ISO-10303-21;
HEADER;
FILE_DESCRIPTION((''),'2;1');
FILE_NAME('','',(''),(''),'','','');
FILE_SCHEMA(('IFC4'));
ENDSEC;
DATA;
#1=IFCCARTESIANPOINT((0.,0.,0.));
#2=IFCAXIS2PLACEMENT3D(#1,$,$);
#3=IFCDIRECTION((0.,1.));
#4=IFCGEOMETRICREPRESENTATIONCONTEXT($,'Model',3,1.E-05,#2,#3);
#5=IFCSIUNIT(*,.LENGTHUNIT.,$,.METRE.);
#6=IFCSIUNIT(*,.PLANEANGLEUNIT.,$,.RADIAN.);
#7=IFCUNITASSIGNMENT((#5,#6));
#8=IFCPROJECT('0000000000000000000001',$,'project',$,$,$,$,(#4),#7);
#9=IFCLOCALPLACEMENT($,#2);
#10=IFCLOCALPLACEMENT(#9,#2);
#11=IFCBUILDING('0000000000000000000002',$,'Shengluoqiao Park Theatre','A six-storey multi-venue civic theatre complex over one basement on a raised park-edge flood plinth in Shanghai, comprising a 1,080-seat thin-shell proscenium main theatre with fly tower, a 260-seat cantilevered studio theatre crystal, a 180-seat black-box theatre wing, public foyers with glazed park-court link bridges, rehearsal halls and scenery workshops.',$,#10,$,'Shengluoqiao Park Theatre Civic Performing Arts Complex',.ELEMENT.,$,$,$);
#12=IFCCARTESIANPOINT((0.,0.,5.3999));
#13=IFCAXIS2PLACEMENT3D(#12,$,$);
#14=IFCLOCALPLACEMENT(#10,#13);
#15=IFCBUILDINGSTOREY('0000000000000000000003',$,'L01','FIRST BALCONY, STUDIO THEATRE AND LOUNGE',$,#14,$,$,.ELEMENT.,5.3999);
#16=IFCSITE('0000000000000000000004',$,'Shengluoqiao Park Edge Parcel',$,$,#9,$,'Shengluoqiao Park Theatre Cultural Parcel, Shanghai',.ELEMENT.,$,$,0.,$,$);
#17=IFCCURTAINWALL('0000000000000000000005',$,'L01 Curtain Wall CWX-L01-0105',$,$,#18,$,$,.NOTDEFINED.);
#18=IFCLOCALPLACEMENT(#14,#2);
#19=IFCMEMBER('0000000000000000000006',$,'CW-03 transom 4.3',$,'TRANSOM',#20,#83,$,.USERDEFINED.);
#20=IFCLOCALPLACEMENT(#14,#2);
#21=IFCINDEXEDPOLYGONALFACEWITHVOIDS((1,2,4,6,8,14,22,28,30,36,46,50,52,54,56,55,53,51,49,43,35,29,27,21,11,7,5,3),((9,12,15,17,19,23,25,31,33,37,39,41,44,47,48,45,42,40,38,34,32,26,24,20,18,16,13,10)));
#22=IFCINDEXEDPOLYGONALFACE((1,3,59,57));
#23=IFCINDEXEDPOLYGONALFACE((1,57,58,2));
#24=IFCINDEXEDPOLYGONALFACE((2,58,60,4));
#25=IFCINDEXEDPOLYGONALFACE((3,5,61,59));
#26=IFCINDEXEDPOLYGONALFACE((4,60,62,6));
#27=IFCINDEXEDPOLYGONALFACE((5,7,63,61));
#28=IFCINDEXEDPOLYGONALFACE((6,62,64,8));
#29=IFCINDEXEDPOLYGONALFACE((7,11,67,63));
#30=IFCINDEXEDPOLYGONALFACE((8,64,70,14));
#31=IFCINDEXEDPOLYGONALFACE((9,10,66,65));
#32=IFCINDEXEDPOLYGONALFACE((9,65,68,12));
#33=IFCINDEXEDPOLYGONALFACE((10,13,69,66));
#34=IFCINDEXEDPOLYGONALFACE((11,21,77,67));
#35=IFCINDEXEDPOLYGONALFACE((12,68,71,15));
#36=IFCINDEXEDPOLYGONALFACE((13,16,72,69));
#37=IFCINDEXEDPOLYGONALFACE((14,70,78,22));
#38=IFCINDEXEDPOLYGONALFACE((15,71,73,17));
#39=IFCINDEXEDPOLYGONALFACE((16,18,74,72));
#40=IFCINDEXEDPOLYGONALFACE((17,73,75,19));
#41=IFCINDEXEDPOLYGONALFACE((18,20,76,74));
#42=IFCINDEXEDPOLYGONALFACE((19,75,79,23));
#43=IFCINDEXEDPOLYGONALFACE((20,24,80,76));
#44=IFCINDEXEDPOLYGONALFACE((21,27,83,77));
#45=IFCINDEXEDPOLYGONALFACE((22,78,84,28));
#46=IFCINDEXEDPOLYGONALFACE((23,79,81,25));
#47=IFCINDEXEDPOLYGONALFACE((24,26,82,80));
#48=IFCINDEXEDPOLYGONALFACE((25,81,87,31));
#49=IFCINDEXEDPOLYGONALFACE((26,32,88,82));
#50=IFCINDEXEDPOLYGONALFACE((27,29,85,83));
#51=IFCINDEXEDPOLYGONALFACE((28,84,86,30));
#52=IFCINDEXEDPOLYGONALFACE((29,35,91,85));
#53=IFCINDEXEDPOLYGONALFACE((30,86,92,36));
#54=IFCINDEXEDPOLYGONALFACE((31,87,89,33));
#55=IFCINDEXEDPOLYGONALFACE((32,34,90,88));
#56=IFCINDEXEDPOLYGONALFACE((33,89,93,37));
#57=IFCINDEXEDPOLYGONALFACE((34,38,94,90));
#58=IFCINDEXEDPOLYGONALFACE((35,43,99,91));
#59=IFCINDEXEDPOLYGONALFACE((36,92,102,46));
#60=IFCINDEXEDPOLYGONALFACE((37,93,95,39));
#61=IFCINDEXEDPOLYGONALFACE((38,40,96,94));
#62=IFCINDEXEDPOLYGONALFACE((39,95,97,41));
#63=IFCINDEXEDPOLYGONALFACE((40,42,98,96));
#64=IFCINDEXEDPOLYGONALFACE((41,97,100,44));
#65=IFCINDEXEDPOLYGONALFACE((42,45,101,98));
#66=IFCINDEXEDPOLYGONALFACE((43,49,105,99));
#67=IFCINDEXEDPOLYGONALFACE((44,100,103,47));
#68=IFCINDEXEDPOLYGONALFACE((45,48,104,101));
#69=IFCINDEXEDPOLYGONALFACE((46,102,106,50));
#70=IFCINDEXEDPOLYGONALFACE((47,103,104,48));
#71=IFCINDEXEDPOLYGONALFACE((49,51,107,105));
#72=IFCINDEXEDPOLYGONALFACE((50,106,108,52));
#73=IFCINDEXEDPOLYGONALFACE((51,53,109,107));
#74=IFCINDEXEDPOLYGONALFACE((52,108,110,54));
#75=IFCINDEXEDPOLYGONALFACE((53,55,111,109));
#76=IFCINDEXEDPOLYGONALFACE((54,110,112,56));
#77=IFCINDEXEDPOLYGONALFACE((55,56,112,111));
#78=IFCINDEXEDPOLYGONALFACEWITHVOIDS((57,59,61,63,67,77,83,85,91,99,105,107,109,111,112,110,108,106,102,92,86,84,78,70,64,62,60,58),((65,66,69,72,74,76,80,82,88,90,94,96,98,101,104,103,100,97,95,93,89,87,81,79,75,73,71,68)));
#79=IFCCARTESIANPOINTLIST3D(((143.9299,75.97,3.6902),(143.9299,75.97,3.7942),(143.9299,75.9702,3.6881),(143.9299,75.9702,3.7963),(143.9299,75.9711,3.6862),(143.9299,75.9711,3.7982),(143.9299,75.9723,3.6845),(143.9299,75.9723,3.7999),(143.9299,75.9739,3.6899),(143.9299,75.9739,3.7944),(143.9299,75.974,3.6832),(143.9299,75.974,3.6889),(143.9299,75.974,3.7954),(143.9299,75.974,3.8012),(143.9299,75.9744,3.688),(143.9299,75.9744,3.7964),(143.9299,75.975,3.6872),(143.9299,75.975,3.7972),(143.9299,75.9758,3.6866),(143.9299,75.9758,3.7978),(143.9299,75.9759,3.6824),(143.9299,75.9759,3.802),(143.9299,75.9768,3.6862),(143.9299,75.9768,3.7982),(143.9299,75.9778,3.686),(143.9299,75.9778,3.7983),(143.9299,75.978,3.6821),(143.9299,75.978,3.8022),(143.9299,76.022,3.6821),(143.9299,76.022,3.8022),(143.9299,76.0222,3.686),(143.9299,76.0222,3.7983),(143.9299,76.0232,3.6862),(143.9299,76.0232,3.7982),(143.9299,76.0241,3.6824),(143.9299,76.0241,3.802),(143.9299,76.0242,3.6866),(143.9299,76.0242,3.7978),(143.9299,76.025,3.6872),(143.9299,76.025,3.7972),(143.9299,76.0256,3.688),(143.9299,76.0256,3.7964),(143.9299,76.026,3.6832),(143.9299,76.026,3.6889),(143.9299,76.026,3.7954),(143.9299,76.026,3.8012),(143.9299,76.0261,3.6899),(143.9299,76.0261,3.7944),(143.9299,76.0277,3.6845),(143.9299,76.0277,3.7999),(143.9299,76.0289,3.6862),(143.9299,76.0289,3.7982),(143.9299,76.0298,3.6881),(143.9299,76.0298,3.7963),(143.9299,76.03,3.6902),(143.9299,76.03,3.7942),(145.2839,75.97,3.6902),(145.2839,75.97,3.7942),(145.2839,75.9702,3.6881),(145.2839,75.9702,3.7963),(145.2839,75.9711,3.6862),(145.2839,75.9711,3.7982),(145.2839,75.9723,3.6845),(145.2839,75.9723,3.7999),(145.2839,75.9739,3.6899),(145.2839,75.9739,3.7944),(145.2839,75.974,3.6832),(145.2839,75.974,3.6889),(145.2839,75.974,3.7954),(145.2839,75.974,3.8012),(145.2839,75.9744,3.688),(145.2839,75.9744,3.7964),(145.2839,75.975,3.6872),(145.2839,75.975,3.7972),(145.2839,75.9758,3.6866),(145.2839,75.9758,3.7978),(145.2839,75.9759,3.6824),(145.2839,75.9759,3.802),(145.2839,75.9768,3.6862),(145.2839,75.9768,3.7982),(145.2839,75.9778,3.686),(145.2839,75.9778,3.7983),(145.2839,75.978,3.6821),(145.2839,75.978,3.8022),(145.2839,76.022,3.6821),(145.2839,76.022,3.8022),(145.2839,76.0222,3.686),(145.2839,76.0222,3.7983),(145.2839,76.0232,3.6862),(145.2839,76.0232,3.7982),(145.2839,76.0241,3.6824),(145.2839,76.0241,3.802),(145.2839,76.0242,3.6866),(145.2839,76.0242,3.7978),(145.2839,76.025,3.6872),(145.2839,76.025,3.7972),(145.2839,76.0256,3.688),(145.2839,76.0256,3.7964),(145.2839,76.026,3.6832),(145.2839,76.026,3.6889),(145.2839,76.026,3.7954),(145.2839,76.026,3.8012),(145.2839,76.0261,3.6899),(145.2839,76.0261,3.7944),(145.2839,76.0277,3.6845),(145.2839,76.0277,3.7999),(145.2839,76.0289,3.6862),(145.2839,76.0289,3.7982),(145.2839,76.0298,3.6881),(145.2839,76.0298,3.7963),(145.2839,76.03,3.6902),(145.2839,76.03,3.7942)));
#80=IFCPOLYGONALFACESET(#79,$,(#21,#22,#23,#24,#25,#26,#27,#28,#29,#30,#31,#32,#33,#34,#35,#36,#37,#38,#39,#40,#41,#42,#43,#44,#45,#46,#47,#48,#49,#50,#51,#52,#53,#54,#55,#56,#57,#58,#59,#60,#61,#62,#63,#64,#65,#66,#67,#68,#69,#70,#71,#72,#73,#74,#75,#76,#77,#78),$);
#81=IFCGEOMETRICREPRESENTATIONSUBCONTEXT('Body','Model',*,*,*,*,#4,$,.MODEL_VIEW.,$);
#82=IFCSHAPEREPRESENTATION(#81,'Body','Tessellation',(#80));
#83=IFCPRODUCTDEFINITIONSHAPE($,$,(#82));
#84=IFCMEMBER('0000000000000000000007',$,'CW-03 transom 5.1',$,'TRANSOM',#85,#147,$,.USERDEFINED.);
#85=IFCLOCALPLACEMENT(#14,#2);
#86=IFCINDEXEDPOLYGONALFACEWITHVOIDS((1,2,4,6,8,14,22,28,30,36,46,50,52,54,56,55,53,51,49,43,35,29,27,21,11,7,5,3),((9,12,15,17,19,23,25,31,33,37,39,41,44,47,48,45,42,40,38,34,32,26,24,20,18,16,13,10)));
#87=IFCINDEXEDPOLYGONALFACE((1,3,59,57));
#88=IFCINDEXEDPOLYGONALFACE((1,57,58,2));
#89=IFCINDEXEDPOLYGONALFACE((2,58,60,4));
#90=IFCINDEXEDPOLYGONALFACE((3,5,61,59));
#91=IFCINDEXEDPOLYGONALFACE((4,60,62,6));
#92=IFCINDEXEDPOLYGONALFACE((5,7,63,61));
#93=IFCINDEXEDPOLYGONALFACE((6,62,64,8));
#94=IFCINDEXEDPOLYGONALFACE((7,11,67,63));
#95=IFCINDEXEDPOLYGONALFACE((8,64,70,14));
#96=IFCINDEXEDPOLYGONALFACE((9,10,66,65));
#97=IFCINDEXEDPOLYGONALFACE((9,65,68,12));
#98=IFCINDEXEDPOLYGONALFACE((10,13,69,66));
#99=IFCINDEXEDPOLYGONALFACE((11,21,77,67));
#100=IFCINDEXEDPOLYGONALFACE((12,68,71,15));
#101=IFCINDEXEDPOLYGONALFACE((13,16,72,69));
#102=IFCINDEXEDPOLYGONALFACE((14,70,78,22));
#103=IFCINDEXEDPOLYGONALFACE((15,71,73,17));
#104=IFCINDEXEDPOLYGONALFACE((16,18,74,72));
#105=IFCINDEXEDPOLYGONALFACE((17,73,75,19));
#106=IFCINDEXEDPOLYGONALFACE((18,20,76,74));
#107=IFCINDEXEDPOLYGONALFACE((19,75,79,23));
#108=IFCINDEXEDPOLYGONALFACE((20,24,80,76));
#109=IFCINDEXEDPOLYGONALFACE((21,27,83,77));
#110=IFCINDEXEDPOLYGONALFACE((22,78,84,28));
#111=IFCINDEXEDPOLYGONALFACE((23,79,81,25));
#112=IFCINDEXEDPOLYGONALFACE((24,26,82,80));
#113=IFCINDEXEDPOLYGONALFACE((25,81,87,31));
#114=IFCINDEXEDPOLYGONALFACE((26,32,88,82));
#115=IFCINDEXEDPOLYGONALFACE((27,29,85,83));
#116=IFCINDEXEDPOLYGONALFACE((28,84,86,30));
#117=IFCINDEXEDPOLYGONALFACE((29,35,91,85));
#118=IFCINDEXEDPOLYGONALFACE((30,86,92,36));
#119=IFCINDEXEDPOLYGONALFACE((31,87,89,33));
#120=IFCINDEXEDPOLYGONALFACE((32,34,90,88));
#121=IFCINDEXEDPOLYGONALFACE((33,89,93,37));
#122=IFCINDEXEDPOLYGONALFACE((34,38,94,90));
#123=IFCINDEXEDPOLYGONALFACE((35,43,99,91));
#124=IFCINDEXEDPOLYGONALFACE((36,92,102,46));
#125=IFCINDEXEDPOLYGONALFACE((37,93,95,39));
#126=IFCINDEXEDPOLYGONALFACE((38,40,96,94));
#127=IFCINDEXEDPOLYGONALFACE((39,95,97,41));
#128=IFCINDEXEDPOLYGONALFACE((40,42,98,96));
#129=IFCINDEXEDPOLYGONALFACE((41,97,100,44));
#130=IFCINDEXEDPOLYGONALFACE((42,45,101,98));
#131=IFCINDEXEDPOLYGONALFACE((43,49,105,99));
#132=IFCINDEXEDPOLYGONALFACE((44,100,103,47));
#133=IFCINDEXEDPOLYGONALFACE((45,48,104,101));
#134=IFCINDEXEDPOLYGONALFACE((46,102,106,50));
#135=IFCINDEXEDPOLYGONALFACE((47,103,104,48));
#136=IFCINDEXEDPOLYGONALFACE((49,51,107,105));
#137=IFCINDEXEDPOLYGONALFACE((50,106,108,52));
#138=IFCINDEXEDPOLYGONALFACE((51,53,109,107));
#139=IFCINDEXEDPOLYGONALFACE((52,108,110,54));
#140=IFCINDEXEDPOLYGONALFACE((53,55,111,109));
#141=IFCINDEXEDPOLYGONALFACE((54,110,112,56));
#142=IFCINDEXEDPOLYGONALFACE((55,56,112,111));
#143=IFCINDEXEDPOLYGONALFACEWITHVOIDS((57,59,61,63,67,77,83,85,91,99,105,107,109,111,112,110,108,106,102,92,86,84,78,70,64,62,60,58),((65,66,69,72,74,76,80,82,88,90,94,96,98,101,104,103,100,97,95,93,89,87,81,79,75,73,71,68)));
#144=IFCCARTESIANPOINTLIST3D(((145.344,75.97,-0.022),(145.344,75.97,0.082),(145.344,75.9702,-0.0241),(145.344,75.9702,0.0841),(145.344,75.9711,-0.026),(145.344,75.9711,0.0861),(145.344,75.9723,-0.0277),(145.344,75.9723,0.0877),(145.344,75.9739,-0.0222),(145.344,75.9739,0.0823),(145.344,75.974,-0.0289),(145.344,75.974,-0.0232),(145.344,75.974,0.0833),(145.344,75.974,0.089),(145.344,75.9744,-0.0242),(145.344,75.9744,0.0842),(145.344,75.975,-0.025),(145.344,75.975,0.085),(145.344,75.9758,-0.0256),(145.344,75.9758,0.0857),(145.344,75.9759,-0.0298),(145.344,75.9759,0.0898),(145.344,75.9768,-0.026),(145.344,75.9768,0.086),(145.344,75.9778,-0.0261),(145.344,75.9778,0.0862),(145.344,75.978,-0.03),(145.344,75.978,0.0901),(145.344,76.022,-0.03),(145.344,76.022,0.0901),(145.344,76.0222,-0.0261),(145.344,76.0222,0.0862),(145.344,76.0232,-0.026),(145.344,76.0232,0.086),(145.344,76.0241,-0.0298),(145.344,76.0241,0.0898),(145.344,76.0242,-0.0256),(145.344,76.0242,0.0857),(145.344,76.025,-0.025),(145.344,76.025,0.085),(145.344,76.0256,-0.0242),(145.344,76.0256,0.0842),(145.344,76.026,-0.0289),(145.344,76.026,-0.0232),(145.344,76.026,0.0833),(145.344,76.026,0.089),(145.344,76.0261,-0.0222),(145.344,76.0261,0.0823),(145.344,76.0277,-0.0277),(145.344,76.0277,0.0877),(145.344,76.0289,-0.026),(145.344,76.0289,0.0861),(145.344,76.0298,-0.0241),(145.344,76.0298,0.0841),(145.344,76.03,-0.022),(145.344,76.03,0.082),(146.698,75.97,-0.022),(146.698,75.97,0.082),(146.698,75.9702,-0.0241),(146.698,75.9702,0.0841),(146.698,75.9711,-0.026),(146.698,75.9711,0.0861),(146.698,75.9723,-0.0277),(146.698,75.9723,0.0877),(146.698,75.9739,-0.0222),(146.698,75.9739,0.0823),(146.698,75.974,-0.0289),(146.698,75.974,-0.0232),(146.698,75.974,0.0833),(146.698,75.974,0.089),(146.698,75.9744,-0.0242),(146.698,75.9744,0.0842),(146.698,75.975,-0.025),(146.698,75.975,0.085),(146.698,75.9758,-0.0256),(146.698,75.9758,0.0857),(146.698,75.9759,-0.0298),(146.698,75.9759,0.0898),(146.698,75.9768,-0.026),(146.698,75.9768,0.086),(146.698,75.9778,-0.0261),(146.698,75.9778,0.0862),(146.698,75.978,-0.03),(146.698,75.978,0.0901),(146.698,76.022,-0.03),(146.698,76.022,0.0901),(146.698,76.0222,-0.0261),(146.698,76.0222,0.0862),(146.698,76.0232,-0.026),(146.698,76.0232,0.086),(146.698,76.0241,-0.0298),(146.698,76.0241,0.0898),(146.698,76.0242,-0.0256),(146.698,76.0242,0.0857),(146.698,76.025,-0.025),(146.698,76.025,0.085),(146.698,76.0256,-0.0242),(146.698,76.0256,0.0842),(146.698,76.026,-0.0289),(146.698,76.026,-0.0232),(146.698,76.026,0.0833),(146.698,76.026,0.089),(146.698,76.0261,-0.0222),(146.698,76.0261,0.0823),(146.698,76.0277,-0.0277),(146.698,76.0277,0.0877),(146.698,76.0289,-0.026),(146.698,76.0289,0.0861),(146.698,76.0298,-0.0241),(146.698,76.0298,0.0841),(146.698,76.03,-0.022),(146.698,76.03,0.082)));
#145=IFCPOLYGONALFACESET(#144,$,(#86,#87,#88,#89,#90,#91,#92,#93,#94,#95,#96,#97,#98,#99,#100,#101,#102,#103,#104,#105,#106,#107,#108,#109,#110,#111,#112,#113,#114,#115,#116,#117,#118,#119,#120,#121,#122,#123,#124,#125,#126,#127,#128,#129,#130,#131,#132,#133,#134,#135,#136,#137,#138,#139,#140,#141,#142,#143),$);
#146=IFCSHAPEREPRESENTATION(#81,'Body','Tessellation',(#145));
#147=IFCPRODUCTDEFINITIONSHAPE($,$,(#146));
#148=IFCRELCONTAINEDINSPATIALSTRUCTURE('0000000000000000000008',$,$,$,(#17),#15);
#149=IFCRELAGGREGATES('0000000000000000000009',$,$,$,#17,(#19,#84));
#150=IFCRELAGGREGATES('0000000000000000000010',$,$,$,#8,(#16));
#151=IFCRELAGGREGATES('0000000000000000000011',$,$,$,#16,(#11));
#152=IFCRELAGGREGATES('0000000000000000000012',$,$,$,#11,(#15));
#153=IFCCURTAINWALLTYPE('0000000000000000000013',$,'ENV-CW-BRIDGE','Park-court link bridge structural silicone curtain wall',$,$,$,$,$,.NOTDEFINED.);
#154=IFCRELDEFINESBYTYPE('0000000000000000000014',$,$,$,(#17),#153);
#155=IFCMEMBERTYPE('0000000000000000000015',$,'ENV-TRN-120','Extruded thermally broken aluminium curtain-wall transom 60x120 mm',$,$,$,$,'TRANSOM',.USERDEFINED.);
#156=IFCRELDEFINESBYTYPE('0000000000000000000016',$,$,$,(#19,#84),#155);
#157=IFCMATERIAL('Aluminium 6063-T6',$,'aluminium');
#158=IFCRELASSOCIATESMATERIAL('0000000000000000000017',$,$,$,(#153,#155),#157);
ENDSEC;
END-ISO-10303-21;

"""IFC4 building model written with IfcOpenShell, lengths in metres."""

from ifc_helpers import new_model, si_unit, direction, frame, origin, origin_2d, place, context, subcontext, project, spatial, hollow_rectangle, extrude, material, material_profile, profile_set, type_object, element, aggregate, save


model = new_model("IFC4")

# Units and contexts
model_context = context("Model", 3, precision=1e-05, world=origin(), true_north=direction((0.0, 1.0)))
body_context = subcontext(model_context, "Body", "Model", "MODEL_VIEW")
ifc_project = project(units=[si_unit("LENGTHUNIT", "METRE"), si_unit("PLANEANGLEUNIT", "RADIAN")], contexts=[model_context])

# Site, building, storey
site_placement = place(None, origin())
site = spatial("IfcSite", under=ifc_project, at=site_placement, Name="Shengluoqiao Park Edge Parcel", LongName="Shengluoqiao Park Theatre Cultural Parcel, Shanghai", CompositionType="ELEMENT", RefElevation=0.0)
building_placement = place(site_placement, origin())
building = spatial("IfcBuilding", under=site, at=building_placement, Name="Shengluoqiao Park Theatre", Description="A six-storey multi-venue civic theatre complex over one basement on a raised park-edge flood plinth in Shanghai, comprising a 1,080-seat thin-shell proscenium main theatre with fly tower, a 260-seat cantilevered studio theatre crystal, a 180-seat black-box theatre wing, public foyers with glazed park-court link bridges, rehearsal halls and scenery workshops.", LongName="Shengluoqiao Park Theatre Civic Performing Arts Complex", CompositionType="ELEMENT")
storey_placement = place(building_placement, frame((0.0, 0.0, 5.3999)))
storey = spatial("IfcBuildingStorey", under=building, at=storey_placement, Name="L01", Description="FIRST BALCONY, STUDIO THEATRE AND LOUNGE", CompositionType="ELEMENT", Elevation=5.3999)

# Curtain wall, members
ifc_material_1 = material(Name="Aluminium 6063-T6", Category="aluminium")
curtain_wall_type = type_object("IfcCurtainWallType", Name="ENV-CW-BRIDGE", Description="Park-court link bridge structural silicone curtain wall", PredefinedType="NOTDEFINED", material=ifc_material_1)
curtain_wall_placement = place(storey_placement, origin())
curtain_wall = element("IfcCurtainWall", 1, at=curtain_wall_placement, inside=storey, type_object=curtain_wall_type, Name="L01 Curtain Wall CWX-L01-0105", PredefinedType="NOTDEFINED")
ifc_material_profile_1 = material_profile(ifc_material_1, hollow_rectangle(XDim=0.0601, YDim=0.1201, WallThickness=0.0039, InnerFilletRadius=0.0039, OuterFilletRadius=0.0081, at=origin_2d()), Name="ALU TRANSOM 120x60x4")
ifc_profile_set_1 = profile_set([ifc_material_profile_1], Name="Aluminium 6063-T6")
member_type_1 = type_object("IfcMemberType", Name="ENV-TRN-120", Description="Extruded thermally broken aluminium curtain-wall transom 60x120 mm", ElementType="TRANSOM", PredefinedType="USERDEFINED", material=ifc_profile_set_1)
member_1_placement = place(storey_placement, frame((143.9299, 76.0, 3.7422), z_axis=(1.0, 0.0, 0.0), x_axis=(0.0, 1.0, 0.0)))
member_1 = element("IfcMember", 2, at=member_1_placement, type_object=member_type_1, Name="CW-03 transom 4.3", ObjectType="TRANSOM", PredefinedType="USERDEFINED", context=body_context, shape_type="SweptSolid", body=[
    extrude(hollow_rectangle(XDim=0.0601, YDim=0.1201, WallThickness=0.0039, InnerFilletRadius=0.0039, OuterFilletRadius=0.0081, at=origin_2d()), origin(), (0.0, 0.0, 1.0), 1.354),
])
member_2_placement = place(storey_placement, frame((145.344, 76.0, 0.03), z_axis=(1.0, 0.0, 0.0), x_axis=(0.0, 1.0, 0.0)))
member_2 = element("IfcMember", 3, at=member_2_placement, type_object=member_type_1, Name="CW-03 transom 5.1", ObjectType="TRANSOM", PredefinedType="USERDEFINED", context=body_context, shape_type="SweptSolid", body=[
    extrude(hollow_rectangle(XDim=0.0601, YDim=0.1201, WallThickness=0.0039, InnerFilletRadius=0.0039, OuterFilletRadius=0.0081, at=origin_2d()), origin(), (0.0, 0.0, 1.0), 1.354),
])

aggregate(curtain_wall, [member_1, member_2])

save(model, "model.ifc")
